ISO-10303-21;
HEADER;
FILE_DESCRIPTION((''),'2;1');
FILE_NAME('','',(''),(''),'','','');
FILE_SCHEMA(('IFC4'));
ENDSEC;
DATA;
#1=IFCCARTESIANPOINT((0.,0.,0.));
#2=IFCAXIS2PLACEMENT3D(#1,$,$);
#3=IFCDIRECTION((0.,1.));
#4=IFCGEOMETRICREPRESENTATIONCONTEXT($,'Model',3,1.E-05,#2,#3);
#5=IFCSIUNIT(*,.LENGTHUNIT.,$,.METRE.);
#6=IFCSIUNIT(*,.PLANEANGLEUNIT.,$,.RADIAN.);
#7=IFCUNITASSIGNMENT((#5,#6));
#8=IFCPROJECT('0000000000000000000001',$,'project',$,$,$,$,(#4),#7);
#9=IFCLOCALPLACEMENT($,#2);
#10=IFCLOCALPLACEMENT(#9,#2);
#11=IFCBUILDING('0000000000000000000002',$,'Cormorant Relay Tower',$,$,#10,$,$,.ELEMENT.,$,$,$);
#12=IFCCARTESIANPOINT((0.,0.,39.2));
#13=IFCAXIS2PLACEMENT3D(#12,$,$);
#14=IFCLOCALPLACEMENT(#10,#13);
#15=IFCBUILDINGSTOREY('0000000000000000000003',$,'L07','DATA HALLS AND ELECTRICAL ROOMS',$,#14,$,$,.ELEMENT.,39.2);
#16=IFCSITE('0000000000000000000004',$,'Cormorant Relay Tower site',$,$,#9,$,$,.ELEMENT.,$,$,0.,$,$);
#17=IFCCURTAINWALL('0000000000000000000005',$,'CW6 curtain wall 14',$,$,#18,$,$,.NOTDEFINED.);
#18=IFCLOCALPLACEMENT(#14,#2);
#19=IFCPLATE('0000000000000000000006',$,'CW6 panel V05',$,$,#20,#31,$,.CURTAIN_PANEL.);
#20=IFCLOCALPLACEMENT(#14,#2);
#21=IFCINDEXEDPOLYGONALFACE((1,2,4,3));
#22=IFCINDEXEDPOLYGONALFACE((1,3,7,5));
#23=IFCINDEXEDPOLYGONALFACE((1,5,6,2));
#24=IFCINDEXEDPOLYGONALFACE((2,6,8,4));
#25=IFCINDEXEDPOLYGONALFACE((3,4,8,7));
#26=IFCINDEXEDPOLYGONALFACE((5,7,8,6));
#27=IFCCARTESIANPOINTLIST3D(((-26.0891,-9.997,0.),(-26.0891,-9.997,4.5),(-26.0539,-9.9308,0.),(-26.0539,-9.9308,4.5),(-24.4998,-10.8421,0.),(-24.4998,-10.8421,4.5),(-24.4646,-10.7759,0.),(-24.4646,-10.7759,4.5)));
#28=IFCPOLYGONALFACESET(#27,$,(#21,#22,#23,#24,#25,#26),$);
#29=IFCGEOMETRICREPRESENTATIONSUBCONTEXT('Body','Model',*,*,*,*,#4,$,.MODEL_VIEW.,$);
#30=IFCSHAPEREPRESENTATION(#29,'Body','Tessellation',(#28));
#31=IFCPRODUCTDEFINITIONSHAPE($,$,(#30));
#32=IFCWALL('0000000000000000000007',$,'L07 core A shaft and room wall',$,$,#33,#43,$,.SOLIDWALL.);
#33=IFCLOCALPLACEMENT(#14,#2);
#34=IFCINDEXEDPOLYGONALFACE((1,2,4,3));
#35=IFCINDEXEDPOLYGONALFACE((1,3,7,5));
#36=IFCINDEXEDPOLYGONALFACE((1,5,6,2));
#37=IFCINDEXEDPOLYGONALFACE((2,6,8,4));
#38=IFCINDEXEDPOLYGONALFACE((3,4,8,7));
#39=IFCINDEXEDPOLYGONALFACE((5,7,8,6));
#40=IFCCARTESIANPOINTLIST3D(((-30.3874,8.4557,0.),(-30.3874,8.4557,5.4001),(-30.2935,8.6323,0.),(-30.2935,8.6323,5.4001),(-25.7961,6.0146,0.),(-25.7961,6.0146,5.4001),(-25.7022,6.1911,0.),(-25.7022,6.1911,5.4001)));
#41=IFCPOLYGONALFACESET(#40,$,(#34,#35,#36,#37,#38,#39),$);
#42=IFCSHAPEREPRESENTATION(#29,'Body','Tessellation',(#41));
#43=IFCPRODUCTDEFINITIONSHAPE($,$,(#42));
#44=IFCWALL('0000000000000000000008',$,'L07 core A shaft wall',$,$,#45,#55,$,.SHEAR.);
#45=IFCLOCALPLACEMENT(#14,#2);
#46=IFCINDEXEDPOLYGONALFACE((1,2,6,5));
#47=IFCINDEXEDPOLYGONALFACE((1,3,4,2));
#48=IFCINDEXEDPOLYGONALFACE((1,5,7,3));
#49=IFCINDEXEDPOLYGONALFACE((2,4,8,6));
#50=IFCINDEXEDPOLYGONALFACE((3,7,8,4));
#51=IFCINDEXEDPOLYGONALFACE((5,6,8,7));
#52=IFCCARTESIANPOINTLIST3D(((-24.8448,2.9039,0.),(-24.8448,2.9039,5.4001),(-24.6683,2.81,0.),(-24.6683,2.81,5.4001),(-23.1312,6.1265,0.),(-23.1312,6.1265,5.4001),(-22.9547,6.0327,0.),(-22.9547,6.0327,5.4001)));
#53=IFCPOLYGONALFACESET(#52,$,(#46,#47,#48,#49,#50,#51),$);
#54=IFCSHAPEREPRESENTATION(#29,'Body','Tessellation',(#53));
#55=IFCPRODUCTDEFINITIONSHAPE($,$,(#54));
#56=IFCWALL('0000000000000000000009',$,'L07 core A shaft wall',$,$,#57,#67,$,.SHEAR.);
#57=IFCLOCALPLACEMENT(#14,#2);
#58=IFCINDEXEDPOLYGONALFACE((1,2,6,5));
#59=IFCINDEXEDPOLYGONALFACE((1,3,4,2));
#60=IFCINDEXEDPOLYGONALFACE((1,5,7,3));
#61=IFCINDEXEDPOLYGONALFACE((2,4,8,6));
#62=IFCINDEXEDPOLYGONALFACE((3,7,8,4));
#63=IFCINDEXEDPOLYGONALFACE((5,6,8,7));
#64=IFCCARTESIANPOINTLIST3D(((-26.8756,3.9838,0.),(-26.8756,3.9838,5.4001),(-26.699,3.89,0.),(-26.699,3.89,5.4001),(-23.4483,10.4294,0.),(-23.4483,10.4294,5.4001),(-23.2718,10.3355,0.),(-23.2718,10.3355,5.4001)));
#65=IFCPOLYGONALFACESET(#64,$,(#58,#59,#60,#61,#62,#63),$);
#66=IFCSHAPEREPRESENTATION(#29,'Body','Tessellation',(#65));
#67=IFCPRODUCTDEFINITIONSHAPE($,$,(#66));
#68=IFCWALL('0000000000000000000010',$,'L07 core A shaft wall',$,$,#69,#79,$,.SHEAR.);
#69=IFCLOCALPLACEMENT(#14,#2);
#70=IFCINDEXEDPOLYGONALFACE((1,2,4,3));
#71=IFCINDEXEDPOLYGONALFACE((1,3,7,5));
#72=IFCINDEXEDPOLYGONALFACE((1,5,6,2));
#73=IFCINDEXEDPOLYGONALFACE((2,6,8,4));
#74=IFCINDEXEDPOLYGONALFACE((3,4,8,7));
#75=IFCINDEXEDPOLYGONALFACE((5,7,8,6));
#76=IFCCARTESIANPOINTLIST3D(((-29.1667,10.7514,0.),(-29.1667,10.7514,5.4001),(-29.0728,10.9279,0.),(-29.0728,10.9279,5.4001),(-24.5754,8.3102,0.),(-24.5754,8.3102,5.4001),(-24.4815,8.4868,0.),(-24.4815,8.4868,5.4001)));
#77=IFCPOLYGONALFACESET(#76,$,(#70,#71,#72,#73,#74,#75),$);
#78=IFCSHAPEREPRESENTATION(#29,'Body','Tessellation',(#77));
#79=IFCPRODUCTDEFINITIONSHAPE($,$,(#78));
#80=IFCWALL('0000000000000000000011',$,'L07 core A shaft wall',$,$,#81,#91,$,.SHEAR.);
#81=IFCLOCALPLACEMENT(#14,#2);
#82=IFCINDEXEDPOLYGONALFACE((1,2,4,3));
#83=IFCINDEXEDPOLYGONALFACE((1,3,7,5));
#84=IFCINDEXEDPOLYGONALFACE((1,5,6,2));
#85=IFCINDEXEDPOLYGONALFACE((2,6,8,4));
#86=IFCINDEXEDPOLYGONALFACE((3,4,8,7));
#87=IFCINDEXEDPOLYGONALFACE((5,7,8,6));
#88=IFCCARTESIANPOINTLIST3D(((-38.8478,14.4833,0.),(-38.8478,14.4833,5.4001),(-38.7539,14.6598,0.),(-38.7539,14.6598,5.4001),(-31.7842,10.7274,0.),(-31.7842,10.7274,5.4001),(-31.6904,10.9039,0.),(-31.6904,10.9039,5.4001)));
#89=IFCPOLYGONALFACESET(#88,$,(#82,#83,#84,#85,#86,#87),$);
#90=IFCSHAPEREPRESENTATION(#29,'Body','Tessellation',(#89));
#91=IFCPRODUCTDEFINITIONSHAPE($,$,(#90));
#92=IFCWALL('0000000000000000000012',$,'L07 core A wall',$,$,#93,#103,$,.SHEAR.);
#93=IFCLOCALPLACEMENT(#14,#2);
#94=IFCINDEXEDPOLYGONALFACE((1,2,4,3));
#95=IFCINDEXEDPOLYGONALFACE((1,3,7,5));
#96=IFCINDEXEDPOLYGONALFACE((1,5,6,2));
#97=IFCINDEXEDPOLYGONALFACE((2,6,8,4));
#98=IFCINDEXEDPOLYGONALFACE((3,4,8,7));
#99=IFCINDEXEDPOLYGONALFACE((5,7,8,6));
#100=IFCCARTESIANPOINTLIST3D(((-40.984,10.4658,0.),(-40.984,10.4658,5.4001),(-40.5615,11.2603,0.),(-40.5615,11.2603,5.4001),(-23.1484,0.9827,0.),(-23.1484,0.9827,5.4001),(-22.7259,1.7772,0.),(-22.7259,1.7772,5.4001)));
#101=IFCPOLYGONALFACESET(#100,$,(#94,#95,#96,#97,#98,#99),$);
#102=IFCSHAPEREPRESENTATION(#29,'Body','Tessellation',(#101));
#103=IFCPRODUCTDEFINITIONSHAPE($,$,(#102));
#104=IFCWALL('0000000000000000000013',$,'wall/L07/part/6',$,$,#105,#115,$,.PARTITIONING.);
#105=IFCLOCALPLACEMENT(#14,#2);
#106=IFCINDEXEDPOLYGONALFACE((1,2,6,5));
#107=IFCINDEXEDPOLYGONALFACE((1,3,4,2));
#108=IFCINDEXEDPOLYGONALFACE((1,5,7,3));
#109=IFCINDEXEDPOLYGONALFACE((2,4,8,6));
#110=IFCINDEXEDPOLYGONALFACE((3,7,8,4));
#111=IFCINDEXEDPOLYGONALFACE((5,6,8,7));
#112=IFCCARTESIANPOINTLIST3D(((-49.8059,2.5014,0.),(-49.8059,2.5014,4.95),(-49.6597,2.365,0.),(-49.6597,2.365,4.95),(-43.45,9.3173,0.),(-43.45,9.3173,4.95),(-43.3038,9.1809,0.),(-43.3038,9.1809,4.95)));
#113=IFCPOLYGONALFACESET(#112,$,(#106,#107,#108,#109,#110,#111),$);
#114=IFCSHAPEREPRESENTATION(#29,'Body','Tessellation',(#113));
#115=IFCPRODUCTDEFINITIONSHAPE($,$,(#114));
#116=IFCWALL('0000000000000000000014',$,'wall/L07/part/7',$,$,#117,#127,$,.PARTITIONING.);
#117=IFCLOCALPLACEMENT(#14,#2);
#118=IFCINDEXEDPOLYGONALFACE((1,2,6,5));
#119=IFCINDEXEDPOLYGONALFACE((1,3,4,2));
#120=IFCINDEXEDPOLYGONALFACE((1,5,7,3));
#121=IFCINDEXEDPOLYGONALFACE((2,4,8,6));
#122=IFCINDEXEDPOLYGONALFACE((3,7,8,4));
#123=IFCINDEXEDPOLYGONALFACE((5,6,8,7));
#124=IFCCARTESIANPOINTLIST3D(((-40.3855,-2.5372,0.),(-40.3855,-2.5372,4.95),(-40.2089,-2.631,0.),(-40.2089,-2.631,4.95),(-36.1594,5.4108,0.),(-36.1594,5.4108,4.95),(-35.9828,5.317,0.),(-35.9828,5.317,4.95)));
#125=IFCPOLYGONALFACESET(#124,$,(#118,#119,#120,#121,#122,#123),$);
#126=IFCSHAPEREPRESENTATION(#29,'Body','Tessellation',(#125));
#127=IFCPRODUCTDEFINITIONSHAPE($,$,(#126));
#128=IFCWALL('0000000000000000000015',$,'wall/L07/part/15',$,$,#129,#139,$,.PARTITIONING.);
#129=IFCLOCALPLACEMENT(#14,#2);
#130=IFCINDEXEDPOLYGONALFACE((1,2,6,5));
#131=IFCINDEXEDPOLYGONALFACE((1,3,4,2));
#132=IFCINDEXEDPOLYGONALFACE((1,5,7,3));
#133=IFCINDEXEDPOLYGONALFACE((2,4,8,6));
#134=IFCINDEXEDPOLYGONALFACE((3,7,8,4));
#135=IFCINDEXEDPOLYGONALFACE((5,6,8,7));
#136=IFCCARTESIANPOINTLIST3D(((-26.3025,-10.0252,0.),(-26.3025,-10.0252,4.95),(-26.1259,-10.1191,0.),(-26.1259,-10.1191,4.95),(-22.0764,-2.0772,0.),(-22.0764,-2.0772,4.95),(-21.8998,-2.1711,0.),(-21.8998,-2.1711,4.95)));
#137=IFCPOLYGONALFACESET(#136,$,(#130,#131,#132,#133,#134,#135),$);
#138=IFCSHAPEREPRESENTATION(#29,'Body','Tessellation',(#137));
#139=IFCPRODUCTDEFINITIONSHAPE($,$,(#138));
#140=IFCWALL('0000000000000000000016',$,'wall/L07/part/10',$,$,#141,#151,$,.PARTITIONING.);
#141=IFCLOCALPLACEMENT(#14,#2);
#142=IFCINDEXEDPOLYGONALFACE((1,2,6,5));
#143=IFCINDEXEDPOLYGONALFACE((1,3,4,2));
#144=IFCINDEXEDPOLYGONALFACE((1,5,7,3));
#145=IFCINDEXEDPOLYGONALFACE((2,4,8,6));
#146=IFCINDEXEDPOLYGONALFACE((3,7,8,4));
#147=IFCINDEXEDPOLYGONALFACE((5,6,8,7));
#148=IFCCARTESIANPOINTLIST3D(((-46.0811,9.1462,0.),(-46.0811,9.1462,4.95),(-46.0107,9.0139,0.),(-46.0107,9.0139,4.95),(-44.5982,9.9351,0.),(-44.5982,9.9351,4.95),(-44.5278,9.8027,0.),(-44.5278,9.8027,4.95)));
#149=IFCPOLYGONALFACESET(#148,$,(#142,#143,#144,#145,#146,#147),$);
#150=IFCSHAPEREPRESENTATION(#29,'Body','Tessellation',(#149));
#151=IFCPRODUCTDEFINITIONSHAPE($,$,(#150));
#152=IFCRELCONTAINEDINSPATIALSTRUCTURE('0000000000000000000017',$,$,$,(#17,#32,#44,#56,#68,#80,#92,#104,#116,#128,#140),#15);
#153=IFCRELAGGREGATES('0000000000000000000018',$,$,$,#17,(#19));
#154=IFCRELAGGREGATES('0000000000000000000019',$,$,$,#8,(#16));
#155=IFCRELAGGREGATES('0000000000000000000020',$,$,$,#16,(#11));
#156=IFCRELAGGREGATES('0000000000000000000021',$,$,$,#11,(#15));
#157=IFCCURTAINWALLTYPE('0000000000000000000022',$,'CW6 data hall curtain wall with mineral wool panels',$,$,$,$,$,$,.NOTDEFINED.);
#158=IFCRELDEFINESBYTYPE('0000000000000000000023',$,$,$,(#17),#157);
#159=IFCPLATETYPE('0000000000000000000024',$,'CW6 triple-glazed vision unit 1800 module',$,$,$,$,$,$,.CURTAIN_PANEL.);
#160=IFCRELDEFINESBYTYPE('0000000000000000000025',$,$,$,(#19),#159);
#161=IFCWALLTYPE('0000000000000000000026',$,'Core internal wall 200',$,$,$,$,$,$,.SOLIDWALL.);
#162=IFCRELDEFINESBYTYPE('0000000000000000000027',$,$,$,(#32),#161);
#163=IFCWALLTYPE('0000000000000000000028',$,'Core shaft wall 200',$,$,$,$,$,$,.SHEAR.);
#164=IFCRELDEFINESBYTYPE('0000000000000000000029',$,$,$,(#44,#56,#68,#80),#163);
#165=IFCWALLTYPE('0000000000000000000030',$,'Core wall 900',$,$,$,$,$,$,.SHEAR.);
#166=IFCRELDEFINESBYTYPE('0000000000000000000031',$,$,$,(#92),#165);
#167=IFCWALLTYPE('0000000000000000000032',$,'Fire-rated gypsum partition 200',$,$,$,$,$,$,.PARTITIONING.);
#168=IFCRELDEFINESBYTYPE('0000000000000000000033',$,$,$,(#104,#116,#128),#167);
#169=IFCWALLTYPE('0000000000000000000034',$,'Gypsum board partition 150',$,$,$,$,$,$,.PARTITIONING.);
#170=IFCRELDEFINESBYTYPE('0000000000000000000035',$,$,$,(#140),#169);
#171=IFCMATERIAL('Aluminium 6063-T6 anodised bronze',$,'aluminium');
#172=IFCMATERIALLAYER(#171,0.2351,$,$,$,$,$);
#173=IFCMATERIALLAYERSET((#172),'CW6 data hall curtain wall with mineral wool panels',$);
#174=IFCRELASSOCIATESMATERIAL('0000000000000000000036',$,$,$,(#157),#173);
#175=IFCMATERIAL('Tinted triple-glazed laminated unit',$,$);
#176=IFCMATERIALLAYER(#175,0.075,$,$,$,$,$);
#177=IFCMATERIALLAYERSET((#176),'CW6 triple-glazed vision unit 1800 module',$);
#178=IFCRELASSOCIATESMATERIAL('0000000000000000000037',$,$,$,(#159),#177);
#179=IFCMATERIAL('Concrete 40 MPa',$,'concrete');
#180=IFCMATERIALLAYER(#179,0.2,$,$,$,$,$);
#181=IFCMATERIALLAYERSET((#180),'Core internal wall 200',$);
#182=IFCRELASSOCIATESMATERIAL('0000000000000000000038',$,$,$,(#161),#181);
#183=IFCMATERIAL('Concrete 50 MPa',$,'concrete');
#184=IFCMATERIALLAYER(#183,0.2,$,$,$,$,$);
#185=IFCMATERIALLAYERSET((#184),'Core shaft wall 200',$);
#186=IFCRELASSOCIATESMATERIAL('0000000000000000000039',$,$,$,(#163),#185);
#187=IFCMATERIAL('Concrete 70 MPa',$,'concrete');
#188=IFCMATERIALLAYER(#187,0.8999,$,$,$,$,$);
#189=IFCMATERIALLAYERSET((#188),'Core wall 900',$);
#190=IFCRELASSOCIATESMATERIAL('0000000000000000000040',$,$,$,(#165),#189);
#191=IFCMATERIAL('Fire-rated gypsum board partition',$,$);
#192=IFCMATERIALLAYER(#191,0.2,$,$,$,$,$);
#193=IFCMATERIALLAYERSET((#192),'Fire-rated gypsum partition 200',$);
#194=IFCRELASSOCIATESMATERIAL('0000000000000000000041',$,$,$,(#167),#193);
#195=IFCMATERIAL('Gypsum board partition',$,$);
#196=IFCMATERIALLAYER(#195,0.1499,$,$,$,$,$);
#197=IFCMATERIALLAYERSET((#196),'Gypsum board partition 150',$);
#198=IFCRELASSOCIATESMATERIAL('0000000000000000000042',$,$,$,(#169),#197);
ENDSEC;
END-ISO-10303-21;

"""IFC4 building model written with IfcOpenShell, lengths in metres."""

from ifc_helpers import new_model, si_unit, direction, frame, frame_2d, origin, origin_2d, place, context, subcontext, project, spatial, rectangle, extrude, material, layer, layer_set, type_object, element, aggregate, save


model = new_model("IFC4")

# Units and contexts
model_context = context("Model", 3, precision=1e-05, world=origin(), true_north=direction((0.0, 1.0)))
body_context = subcontext(model_context, "Body", "Model", "MODEL_VIEW")
ifc_project = project(units=[si_unit("LENGTHUNIT", "METRE"), si_unit("PLANEANGLEUNIT", "RADIAN")], contexts=[model_context])

# Site, building, storey
site_placement = place(None, origin())
site = spatial("IfcSite", under=ifc_project, at=site_placement, Name="Cormorant Relay Tower site", CompositionType="ELEMENT", RefElevation=0.0)
building_placement = place(site_placement, origin())
building = spatial("IfcBuilding", under=site, at=building_placement, Name="Cormorant Relay Tower", CompositionType="ELEMENT")
storey_placement = place(building_placement, frame((0.0, 0.0, 39.2)))
storey = spatial("IfcBuildingStorey", under=building, at=storey_placement, Name="L07", Description="DATA HALLS AND ELECTRICAL ROOMS", CompositionType="ELEMENT", Elevation=39.2)

# Curtain wall, plate
ifc_material_1 = material(Name="Aluminium 6063-T6 anodised bronze", Category="aluminium")
ifc_layer_1 = layer(ifc_material_1, 0.2351)
ifc_layer_set_1 = layer_set([ifc_layer_1], Name="CW6 data hall curtain wall with mineral wool panels")
curtain_wall_type = type_object("IfcCurtainWallType", Name="CW6 data hall curtain wall with mineral wool panels", PredefinedType="NOTDEFINED", material=ifc_layer_set_1)
curtain_wall_placement = place(storey_placement, origin())
curtain_wall = element("IfcCurtainWall", 1, at=curtain_wall_placement, inside=storey, type_object=curtain_wall_type, Name="CW6 curtain wall 14", PredefinedType="NOTDEFINED")
ifc_material_2 = material(Name="Tinted triple-glazed laminated unit")
ifc_layer_2 = layer(ifc_material_2, 0.075)
ifc_layer_set_2 = layer_set([ifc_layer_2], Name="CW6 triple-glazed vision unit 1800 module")
plate_type = type_object("IfcPlateType", Name="CW6 triple-glazed vision unit 1800 module", PredefinedType="CURTAIN_PANEL", material=ifc_layer_set_2)
plate_1_placement = place(storey_placement, frame((-25.2769, -10.3865, 0.0), z_axis=(0.0, 0.0, 1.0), x_axis=(0.882948, -0.469472, 0.0)))
plate_1 = element("IfcPlate", 2, at=plate_1_placement, type_object=plate_type, Name="CW6 panel V05", PredefinedType="CURTAIN_PANEL", context=body_context, shape_type="SweptSolid", body=[
    extrude(rectangle(XDim=1.8, YDim=0.075, at=origin_2d()), origin(), (0.0, 0.0, 1.0), 4.5),
])

# Walls
ifc_material_3 = material(Name="Concrete 40 MPa", Category="concrete")
ifc_layer_3 = layer(ifc_material_3, 0.2)
ifc_layer_set_3 = layer_set([ifc_layer_3], Name="Core internal wall 200")
wall_type_1 = type_object("IfcWallType", Name="Core internal wall 200", PredefinedType="SOLIDWALL", material=ifc_layer_set_3)
wall_1_placement = place(storey_placement, frame((-25.749, 6.1028, 0.0), z_axis=(0.0, 0.0, 1.0), x_axis=(-0.882954, 0.46946, 0.0)))
element("IfcWall", 3, at=wall_1_placement, inside=storey, type_object=wall_type_1, Name="L07 core A shaft and room wall", PredefinedType="SOLIDWALL", context=body_context, shape_type="SweptSolid", body=[
    extrude(rectangle(XDim=5.2, YDim=0.2, at=frame_2d((2.6001, 0.0))), origin(), (0.0, 0.0, 1.0), 5.4001),
])
ifc_material_4 = material(Name="Concrete 50 MPa", Category="concrete")
ifc_layer_4 = layer(ifc_material_4, 0.2)
ifc_layer_set_4 = layer_set([ifc_layer_4], Name="Core shaft wall 200")
wall_type_2 = type_object("IfcWallType", Name="Core shaft wall 200", PredefinedType="SHEAR", material=ifc_layer_set_4)
wall_2_placement = place(storey_placement, frame((-23.043, 6.0796, 0.0), z_axis=(0.0, 0.0, 1.0), x_axis=(-0.469494, -0.882936, 0.0)))
element("IfcWall", 4, at=wall_2_placement, inside=storey, type_object=wall_type_2, Name="L07 core A shaft wall", PredefinedType="SHEAR", context=body_context, shape_type="SweptSolid", body=[
    extrude(rectangle(XDim=3.6499, YDim=0.2, at=frame_2d((1.825, 0.0))), origin(), (0.0, 0.0, 1.0), 5.4001),
])
wall_3_placement = place(storey_placement, frame((-23.3601, 10.3823, 0.0), z_axis=(0.0, 0.0, 1.0), x_axis=(-0.46948, -0.882943, 0.0)))
element("IfcWall", 5, at=wall_3_placement, inside=storey, type_object=wall_type_2, Name="L07 core A shaft wall", PredefinedType="SHEAR", context=body_context, shape_type="SweptSolid", body=[
    extrude(rectangle(XDim=7.3, YDim=0.2, at=frame_2d((3.6499, 0.0))), origin(), (0.0, 0.0, 1.0), 5.4001),
])
wall_4_placement = place(storey_placement, frame((-24.5283, 8.3984, 0.0), z_axis=(0.0, 0.0, 1.0), x_axis=(-0.882954, 0.46946, 0.0)))
element("IfcWall", 6, at=wall_4_placement, inside=storey, type_object=wall_type_2, Name="L07 core A shaft wall", PredefinedType="SHEAR", context=body_context, shape_type="SweptSolid", body=[
    extrude(rectangle(XDim=5.2, YDim=0.2, at=frame_2d((2.6001, 0.0))), origin(), (0.0, 0.0, 1.0), 5.4001),
])
wall_5_placement = place(storey_placement, frame((-31.7373, 10.8157, 0.0), z_axis=(0.0, 0.0, 1.0), x_axis=(-0.88294, 0.469485, 0.0)))
element("IfcWall", 7, at=wall_5_placement, inside=storey, type_object=wall_type_2, Name="L07 core A shaft wall", PredefinedType="SHEAR", context=body_context, shape_type="SweptSolid", body=[
    extrude(rectangle(XDim=8.0, YDim=0.2, at=frame_2d((4.0, 0.0))), origin(), (0.0, 0.0, 1.0), 5.4001),
])
ifc_material_5 = material(Name="Concrete 70 MPa", Category="concrete")
ifc_layer_5 = layer(ifc_material_5, 0.8999)
ifc_layer_set_5 = layer_set([ifc_layer_5], Name="Core wall 900")
wall_type_3 = type_object("IfcWallType", Name="Core wall 900", PredefinedType="SHEAR", material=ifc_layer_set_5)
wall_6_placement = place(storey_placement, frame((-22.937, 1.3799, 0.0), z_axis=(0.0, 0.0, 1.0), x_axis=(-0.882953, 0.469462, 0.0)))
element("IfcWall", 8, at=wall_6_placement, inside=storey, type_object=wall_type_3, Name="L07 core A wall", PredefinedType="SHEAR", context=body_context, shape_type="SweptSolid", body=[
    extrude(rectangle(XDim=20.2, YDim=0.8999, at=frame_2d((10.1001, 0.0))), origin(), (0.0, 0.0, 1.0), 5.4001),
])
ifc_material_6 = material(Name="Fire-rated gypsum board partition")
ifc_layer_6 = layer(ifc_material_6, 0.2)
ifc_layer_set_6 = layer_set([ifc_layer_6], Name="Fire-rated gypsum partition 200")
wall_type_4 = type_object("IfcWallType", Name="Fire-rated gypsum partition 200", PredefinedType="PARTITIONING", material=ifc_layer_set_6)
wall_7_placement = place(storey_placement, frame((-43.377, 9.249, 0.0), z_axis=(0.0, 0.0, 1.0), x_axis=(-0.681999, -0.731353, 0.0)))
element("IfcWall", 9, at=wall_7_placement, inside=storey, type_object=wall_type_4, Name="wall/L07/part/6", PredefinedType="PARTITIONING", context=body_context, shape_type="SweptSolid", body=[
    extrude(rectangle(XDim=9.3196, YDim=0.2, at=frame_2d((4.6597, 0.0))), origin(), (0.0, 0.0, 1.0), 4.95),
])
for number, where, z_axis, x_axis, name in (
    (10, (-36.071, 5.364, 0.0), (0.0, 0.0, 1.0), (-0.469476, -0.882945, 0.0), "wall/L07/part/7"),
    (11, (-21.988, -2.124, 0.0), (0.0, 0.0, 1.0), (-0.469476, -0.882945, 0.0), "wall/L07/part/15"),
):
    element("IfcWall", number, at=place(storey_placement, frame(where, z_axis=z_axis, x_axis=x_axis)), inside=storey, type_object=wall_type_4, Name=name, PredefinedType="PARTITIONING", context=body_context, shape_type="SweptSolid", body=[
        extrude(rectangle(XDim=9.0017, YDim=0.2, at=frame_2d((4.501, 0.0))), origin(), (0.0, 0.0, 1.0), 4.95),
    ])
ifc_material_7 = material(Name="Gypsum board partition")
ifc_layer_7 = layer(ifc_material_7, 0.1499)
ifc_layer_set_7 = layer_set([ifc_layer_7], Name="Gypsum board partition 150")
wall_type_5 = type_object("IfcWallType", Name="Gypsum board partition 150", PredefinedType="PARTITIONING", material=ifc_layer_set_7)
wall_8_placement = place(storey_placement, frame((-44.563, 9.8689, 0.0), z_axis=(0.0, 0.0, 1.0), x_axis=(-0.882863, -0.46963, 0.0)))
element("IfcWall", 12, at=wall_8_placement, inside=storey, type_object=wall_type_5, Name="wall/L07/part/10", PredefinedType="PARTITIONING", context=body_context, shape_type="SweptSolid", body=[
    extrude(rectangle(XDim=1.6797, YDim=0.1499, at=frame_2d((0.8398, 0.0))), origin(), (0.0, 0.0, 1.0), 4.95),
])

aggregate(curtain_wall, [plate_1])

save(model, "model.ifc")
